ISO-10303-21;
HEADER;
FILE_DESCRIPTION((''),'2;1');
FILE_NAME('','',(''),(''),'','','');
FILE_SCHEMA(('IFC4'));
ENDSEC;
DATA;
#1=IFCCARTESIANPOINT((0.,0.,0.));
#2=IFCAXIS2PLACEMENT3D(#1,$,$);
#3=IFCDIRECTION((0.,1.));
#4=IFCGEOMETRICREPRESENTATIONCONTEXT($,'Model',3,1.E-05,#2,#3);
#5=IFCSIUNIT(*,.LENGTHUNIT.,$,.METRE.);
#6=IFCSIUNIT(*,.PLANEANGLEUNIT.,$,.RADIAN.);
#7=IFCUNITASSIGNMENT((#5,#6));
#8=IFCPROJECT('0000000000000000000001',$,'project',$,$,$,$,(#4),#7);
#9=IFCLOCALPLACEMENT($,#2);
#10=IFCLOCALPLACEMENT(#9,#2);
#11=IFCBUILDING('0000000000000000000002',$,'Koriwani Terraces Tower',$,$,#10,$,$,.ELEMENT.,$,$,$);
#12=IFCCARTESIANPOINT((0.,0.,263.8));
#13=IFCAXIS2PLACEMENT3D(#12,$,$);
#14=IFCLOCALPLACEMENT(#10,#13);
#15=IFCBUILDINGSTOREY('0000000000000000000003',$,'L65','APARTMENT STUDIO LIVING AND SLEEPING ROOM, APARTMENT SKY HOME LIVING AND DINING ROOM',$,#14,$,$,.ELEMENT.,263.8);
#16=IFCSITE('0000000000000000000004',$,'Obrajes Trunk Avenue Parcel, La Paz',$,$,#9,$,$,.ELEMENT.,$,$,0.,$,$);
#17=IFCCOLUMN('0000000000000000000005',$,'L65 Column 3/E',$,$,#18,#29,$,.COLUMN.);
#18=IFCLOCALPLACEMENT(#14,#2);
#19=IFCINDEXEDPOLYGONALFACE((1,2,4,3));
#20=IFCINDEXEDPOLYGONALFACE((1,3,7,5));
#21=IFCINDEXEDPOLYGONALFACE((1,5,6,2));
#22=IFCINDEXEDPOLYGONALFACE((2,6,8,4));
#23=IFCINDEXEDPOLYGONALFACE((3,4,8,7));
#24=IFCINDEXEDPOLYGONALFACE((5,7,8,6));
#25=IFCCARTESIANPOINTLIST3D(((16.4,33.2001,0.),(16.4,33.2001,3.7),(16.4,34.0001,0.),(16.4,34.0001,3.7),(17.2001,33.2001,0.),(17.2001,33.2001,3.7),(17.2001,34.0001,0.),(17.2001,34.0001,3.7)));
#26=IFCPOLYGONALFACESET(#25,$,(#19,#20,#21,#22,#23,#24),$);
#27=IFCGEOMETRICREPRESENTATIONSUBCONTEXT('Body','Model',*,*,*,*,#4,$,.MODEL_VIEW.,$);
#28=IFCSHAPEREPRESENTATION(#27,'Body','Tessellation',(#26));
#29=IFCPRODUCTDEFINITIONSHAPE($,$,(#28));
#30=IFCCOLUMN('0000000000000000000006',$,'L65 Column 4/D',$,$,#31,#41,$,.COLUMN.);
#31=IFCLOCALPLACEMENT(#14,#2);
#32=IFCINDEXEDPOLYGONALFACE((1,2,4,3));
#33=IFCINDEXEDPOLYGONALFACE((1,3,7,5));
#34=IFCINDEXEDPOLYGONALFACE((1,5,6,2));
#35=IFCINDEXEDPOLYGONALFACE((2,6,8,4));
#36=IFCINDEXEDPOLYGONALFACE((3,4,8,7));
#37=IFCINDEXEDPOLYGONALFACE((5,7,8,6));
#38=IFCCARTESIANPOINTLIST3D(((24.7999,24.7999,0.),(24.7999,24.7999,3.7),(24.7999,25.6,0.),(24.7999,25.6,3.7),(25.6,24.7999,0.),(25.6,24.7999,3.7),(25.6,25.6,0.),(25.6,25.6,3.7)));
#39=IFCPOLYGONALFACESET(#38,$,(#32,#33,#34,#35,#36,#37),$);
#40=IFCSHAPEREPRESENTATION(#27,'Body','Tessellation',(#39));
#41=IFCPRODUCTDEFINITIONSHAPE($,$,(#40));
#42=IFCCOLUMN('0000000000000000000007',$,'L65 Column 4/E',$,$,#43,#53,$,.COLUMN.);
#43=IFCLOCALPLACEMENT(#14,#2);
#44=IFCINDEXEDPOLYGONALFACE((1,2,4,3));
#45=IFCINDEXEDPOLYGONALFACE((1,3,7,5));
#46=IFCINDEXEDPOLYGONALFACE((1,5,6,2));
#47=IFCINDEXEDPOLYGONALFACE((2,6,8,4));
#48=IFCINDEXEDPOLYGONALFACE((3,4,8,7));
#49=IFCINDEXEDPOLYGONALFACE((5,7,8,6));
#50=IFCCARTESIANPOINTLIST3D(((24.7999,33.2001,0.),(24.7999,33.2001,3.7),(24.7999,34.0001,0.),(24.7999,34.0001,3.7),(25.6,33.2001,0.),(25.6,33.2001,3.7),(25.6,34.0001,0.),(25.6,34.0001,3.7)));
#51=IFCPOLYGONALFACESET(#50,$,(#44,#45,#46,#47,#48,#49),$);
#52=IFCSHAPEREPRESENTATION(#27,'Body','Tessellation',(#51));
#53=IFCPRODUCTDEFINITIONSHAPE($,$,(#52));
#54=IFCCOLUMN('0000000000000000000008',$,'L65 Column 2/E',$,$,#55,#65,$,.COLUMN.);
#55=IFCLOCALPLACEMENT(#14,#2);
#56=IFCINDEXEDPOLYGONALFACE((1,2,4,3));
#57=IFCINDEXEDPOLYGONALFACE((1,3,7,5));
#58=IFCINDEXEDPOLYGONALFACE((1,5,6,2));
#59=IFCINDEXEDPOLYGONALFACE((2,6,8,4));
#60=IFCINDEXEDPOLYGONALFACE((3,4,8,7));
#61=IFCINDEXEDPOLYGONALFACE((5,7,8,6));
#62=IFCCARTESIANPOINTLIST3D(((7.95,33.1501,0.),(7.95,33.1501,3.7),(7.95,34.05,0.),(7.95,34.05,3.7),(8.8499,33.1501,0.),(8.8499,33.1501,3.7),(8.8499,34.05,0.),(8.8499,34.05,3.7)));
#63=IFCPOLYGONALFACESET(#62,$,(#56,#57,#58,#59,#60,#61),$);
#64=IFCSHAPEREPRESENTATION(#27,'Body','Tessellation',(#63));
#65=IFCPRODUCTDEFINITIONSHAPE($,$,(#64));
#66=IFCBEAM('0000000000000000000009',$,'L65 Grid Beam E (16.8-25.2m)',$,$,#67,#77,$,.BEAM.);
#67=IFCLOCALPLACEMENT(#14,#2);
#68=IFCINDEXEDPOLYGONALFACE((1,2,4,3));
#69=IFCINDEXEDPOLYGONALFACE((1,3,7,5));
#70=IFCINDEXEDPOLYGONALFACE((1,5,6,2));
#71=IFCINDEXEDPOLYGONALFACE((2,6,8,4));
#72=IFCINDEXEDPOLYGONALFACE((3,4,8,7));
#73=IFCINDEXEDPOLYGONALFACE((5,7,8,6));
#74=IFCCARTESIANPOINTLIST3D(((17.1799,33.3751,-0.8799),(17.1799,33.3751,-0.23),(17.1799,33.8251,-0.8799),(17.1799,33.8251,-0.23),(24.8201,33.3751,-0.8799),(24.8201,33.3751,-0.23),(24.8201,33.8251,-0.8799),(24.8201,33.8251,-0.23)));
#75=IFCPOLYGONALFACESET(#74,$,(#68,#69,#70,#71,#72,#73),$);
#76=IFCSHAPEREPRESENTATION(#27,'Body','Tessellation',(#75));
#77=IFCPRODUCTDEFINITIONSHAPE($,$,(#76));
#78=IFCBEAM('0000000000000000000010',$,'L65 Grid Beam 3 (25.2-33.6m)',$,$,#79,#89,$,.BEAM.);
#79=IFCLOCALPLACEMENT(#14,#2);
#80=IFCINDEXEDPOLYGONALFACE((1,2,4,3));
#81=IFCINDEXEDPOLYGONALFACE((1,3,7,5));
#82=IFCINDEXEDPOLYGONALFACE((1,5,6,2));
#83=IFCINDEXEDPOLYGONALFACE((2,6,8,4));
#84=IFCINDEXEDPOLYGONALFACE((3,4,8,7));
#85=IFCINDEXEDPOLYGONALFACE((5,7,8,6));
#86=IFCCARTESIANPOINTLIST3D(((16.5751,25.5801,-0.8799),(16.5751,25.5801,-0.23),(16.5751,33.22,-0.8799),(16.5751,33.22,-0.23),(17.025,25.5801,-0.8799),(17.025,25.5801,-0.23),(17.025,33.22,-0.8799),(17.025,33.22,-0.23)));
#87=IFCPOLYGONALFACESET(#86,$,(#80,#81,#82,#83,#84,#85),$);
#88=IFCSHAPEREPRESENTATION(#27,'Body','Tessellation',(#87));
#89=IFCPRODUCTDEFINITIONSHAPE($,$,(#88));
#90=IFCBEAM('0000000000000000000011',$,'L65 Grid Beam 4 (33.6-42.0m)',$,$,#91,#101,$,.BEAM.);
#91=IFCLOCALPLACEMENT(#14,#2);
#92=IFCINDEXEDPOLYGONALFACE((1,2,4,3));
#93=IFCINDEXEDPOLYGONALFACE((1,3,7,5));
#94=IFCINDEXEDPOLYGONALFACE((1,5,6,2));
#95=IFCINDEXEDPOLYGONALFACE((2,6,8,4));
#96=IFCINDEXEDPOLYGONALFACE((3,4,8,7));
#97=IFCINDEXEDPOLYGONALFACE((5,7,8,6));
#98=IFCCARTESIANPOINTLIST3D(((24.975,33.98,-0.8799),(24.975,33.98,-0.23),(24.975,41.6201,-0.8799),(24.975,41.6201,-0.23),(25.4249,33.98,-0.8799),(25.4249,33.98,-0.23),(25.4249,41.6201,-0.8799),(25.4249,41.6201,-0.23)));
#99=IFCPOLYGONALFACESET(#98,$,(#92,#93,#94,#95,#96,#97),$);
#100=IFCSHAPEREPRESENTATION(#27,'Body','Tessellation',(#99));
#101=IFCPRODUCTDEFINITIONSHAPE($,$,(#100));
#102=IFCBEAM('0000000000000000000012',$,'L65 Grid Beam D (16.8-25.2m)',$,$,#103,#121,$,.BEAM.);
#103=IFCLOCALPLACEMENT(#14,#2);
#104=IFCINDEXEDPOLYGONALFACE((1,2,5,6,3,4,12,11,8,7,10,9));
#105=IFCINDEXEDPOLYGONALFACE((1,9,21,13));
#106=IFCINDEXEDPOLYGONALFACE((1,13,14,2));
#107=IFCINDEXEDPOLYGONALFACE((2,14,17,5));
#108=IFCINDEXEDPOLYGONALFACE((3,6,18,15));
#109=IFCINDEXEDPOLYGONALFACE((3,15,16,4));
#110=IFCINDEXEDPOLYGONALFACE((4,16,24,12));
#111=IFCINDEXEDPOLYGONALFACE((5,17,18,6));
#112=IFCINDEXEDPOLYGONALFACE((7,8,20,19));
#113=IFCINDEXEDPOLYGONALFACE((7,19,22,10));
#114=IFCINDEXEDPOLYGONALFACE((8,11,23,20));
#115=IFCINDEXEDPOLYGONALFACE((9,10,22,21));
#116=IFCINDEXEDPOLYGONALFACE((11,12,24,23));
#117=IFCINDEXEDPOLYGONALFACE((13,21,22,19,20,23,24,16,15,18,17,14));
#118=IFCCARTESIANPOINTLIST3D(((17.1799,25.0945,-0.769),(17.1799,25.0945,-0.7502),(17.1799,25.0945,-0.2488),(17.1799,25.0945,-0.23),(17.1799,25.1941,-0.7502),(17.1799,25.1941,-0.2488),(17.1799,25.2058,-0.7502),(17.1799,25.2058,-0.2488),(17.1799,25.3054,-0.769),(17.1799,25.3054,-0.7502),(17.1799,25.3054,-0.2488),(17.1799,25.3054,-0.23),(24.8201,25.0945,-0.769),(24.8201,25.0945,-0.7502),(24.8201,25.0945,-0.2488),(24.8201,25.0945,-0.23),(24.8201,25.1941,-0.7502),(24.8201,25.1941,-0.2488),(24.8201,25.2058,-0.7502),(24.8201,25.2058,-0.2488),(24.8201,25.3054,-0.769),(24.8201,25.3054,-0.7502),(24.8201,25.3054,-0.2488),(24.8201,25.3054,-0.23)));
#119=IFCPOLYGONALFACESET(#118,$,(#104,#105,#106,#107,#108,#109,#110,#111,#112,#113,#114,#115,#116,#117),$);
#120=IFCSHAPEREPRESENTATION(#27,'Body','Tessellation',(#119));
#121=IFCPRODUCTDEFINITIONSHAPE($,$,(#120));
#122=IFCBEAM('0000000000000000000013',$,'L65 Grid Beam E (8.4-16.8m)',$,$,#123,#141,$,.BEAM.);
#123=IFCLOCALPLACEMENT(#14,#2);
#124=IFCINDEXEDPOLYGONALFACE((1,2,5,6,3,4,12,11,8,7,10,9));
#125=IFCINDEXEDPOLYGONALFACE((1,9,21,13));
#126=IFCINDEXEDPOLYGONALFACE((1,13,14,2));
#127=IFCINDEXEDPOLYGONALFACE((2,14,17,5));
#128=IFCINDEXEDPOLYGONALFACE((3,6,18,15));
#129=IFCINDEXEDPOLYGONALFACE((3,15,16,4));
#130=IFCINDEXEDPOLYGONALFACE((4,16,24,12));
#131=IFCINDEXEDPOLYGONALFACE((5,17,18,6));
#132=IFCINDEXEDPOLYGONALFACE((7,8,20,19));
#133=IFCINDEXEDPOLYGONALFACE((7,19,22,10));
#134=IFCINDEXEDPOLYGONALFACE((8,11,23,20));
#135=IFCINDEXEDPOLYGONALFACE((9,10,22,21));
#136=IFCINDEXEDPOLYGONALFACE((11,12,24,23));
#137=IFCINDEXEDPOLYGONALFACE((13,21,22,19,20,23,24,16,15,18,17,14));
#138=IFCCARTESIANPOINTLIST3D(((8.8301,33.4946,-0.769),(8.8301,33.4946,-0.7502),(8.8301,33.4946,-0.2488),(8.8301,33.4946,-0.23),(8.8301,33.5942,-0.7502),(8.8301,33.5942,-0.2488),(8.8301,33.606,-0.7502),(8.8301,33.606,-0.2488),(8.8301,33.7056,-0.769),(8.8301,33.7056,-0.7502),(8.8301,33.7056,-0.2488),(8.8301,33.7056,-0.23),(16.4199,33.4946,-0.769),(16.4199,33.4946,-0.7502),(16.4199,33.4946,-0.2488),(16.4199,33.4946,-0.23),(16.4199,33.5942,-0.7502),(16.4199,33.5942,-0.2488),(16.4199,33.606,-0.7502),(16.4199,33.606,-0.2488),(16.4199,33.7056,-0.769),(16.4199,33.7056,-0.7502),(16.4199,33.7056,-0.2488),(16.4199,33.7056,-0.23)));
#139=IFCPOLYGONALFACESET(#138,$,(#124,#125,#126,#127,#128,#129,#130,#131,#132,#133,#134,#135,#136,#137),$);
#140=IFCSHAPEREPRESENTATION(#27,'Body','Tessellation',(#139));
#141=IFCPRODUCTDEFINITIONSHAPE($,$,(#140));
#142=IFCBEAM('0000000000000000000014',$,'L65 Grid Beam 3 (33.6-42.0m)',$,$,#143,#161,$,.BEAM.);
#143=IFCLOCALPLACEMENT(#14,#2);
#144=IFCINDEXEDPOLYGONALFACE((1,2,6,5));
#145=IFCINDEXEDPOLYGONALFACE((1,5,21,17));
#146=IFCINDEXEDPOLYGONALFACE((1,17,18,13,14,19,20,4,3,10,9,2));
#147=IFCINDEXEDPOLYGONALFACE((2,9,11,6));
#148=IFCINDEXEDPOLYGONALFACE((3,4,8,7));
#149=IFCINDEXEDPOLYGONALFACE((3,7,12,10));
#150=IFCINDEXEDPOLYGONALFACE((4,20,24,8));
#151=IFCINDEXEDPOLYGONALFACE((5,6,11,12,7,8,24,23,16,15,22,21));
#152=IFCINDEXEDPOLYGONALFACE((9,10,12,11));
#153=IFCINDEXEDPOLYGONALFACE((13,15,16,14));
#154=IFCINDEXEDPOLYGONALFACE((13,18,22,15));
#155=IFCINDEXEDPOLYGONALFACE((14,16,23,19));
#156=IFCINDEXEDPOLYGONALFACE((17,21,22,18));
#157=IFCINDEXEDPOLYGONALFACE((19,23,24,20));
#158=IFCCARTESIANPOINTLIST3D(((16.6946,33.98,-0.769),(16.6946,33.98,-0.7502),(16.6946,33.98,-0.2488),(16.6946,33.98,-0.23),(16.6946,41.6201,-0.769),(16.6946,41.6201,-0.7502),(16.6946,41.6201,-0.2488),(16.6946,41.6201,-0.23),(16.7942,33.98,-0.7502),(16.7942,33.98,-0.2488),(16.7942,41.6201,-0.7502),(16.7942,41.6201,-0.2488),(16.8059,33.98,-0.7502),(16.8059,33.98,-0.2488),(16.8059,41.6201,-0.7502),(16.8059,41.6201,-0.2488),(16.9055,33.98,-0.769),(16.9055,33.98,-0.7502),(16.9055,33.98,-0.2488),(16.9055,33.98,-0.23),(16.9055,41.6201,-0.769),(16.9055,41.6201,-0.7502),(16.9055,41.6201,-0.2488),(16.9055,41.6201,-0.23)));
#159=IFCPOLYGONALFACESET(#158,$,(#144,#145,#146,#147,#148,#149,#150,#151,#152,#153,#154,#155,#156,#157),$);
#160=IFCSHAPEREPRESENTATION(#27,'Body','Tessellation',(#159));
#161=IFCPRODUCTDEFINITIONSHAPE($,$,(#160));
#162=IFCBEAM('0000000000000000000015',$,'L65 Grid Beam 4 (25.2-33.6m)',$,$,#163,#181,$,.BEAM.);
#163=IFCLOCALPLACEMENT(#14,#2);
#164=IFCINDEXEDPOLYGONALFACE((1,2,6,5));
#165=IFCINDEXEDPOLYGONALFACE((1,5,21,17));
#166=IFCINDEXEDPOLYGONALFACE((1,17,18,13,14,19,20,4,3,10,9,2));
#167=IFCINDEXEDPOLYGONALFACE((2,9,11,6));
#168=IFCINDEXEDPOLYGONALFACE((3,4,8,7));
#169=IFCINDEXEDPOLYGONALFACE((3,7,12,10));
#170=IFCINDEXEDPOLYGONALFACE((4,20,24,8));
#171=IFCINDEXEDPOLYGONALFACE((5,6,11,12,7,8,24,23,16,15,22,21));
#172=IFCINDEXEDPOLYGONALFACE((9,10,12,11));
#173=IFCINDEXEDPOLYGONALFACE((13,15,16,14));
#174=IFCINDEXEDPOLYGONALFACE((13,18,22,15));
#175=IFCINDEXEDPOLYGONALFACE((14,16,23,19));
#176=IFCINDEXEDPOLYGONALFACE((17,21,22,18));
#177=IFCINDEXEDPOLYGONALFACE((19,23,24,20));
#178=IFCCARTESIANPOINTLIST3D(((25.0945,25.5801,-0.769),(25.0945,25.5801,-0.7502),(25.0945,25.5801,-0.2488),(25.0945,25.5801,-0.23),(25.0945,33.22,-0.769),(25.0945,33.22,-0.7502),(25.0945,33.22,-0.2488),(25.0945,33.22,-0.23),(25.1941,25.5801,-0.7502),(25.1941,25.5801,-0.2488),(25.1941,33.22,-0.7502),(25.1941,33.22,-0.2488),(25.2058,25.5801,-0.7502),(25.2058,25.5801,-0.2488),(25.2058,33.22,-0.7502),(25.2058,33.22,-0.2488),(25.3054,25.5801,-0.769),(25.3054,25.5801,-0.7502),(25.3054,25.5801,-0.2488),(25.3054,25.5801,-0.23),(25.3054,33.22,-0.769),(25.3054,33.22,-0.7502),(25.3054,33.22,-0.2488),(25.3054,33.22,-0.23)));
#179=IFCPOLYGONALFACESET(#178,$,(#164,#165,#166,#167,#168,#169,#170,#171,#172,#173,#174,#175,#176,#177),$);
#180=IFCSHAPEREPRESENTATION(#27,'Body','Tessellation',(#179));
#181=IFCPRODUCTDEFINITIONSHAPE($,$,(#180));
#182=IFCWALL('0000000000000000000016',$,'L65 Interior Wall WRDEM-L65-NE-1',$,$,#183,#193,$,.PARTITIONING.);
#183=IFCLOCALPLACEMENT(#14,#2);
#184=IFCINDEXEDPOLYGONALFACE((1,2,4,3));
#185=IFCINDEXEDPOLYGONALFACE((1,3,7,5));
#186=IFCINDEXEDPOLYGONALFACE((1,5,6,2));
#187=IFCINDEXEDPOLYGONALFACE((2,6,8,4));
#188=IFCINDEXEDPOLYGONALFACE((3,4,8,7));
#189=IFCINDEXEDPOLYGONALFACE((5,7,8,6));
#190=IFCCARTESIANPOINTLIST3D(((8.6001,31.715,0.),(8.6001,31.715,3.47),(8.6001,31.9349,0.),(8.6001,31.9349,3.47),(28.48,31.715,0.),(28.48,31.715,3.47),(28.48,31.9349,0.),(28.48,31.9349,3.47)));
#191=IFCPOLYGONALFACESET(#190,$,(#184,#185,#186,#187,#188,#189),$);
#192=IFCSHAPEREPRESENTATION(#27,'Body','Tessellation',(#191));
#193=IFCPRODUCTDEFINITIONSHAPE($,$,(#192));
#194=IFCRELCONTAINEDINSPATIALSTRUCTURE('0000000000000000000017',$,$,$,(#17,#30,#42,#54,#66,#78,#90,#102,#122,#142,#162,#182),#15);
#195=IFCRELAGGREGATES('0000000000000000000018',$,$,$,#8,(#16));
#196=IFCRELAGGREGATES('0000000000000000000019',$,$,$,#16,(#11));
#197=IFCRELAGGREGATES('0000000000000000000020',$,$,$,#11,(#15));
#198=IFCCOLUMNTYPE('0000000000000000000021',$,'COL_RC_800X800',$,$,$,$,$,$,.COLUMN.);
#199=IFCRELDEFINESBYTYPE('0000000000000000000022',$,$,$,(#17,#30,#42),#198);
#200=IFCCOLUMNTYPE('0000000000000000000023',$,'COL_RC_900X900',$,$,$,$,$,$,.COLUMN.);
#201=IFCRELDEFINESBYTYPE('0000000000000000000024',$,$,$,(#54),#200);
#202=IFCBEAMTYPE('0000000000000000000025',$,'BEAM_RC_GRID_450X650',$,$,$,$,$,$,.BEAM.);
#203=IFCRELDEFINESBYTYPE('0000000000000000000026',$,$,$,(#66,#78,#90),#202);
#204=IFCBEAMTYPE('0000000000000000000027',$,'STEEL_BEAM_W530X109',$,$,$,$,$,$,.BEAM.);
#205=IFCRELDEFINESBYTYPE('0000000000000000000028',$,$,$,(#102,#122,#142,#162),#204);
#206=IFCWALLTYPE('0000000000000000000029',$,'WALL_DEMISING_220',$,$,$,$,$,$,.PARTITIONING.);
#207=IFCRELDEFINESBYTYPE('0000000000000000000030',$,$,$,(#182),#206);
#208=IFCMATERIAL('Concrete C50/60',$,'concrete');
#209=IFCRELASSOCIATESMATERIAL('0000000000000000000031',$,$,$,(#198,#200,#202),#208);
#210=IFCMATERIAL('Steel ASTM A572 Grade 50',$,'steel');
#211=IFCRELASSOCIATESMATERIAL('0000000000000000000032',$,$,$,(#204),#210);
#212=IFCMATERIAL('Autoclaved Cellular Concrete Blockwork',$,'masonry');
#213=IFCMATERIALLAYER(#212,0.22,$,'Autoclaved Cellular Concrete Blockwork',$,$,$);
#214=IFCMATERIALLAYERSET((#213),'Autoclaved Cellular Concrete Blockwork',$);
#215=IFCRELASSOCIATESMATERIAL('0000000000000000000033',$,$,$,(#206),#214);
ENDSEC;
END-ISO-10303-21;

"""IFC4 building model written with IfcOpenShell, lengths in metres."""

from ifc_helpers import new_model, si_unit, direction, frame, frame_2d, origin, origin_2d, place, context, subcontext, project, spatial, rectangle, i_section, extrude, material, layer, layer_set, material_profile, profile_set, type_object, element, save


model = new_model("IFC4")

# Units and contexts
model_context = context("Model", 3, precision=1e-05, world=origin(), true_north=direction((0.0, 1.0)))
body_context = subcontext(model_context, "Body", "Model", "MODEL_VIEW")
ifc_project = project(units=[si_unit("LENGTHUNIT", "METRE"), si_unit("PLANEANGLEUNIT", "RADIAN")], contexts=[model_context])

# Site, building, storey
site_placement = place(None, origin())
site = spatial("IfcSite", under=ifc_project, at=site_placement, Name="Obrajes Trunk Avenue Parcel, La Paz", CompositionType="ELEMENT", RefElevation=0.0)
building_placement = place(site_placement, origin())
building = spatial("IfcBuilding", under=site, at=building_placement, Name="Koriwani Terraces Tower", CompositionType="ELEMENT")
storey_placement = place(building_placement, frame((0.0, 0.0, 263.8)))
storey = spatial("IfcBuildingStorey", under=building, at=storey_placement, Name="L65", Description="APARTMENT STUDIO LIVING AND SLEEPING ROOM, APARTMENT SKY HOME LIVING AND DINING ROOM", CompositionType="ELEMENT", Elevation=263.8)

# Columns
ifc_material_1 = material(Name="Concrete C50/60", Category="concrete")
ifc_material_profile_1 = material_profile(ifc_material_1, rectangle(XDim=0.8, YDim=0.8, at=origin_2d()), Name="Concrete C50/60", Category="LoadBearing")
ifc_profile_set_1 = profile_set([ifc_material_profile_1], Name="Concrete C50/60")
column_type_1 = type_object("IfcColumnType", Name="COL_RC_800X800", PredefinedType="COLUMN", material=ifc_profile_set_1)
for number, where, z_axis, x_axis, name in (
    (1, (16.8, 33.6001, 0.0), (0.0, 0.0, 1.0), (1.0, 0.0, 0.0), "L65 Column 3/E"),
    (2, (25.2, 25.2, 0.0), (0.0, 0.0, 1.0), (1.0, 0.0, 0.0), "L65 Column 4/D"),
    (3, (25.2, 33.6001, 0.0), (0.0, 0.0, 1.0), (1.0, 0.0, 0.0), "L65 Column 4/E"),
):
    element("IfcColumn", number, at=place(storey_placement, frame(where, z_axis=z_axis, x_axis=x_axis)), inside=storey, type_object=column_type_1, Name=name, PredefinedType="COLUMN", context=body_context, shape_type="SweptSolid", body=[
        extrude(rectangle(XDim=0.8, YDim=0.8, at=origin_2d()), origin(), (0.0, 0.0, 1.0), 3.7),
    ])
ifc_material_profile_2 = material_profile(ifc_material_1, rectangle(XDim=0.8999, YDim=0.8999, at=origin_2d()), Name="Concrete C50/60", Category="LoadBearing")
ifc_profile_set_2 = profile_set([ifc_material_profile_2], Name="Concrete C50/60")
column_type_2 = type_object("IfcColumnType", Name="COL_RC_900X900", PredefinedType="COLUMN", material=ifc_profile_set_2)
column_placement = place(storey_placement, frame((8.3999, 33.6001, 0.0), z_axis=(0.0, 0.0, 1.0), x_axis=(1.0, 0.0, 0.0)))
element("IfcColumn", 4, at=column_placement, inside=storey, type_object=column_type_2, Name="L65 Column 2/E", PredefinedType="COLUMN", context=body_context, shape_type="SweptSolid", body=[
    extrude(rectangle(XDim=0.8999, YDim=0.8999, at=origin_2d()), origin(), (0.0, 0.0, 1.0), 3.7),
])

# Beams
ifc_material_profile_3 = material_profile(ifc_material_1, rectangle(XDim=0.45, YDim=0.6499, at=origin_2d()), Name="Concrete C50/60", Category="LoadBearing")
ifc_profile_set_3 = profile_set([ifc_material_profile_3], Name="Concrete C50/60")
beam_type_1 = type_object("IfcBeamType", Name="BEAM_RC_GRID_450X650", PredefinedType="BEAM", material=ifc_profile_set_3)
beam_1_placement = place(storey_placement, frame((17.1799, 33.6001, -0.5549), z_axis=(1.0, 0.0, 0.0), x_axis=(0.0, 1.0, 0.0)))
element("IfcBeam", 5, at=beam_1_placement, inside=storey, type_object=beam_type_1, Name="L65 Grid Beam E (16.8-25.2m)", PredefinedType="BEAM", context=body_context, shape_type="SweptSolid", body=[
    extrude(rectangle(XDim=0.45, YDim=0.6499, at=origin_2d()), origin(), (0.0, 0.0, 1.0), 7.6401),
])
beam_2_placement = place(storey_placement, frame((16.8, 25.5801, -0.5549), z_axis=(0.0, 1.0, 0.0), x_axis=(-1.0, 0.0, 0.0)))
element("IfcBeam", 6, at=beam_2_placement, inside=storey, type_object=beam_type_1, Name="L65 Grid Beam 3 (25.2-33.6m)", PredefinedType="BEAM", context=body_context, shape_type="SweptSolid", body=[
    extrude(rectangle(XDim=0.45, YDim=0.6499, at=origin_2d()), origin(), (0.0, 0.0, 1.0), 7.6399),
])
beam_3_placement = place(storey_placement, frame((25.2, 33.98, -0.5549), z_axis=(0.0, 1.0, 0.0), x_axis=(-1.0, 0.0, 0.0)))
element("IfcBeam", 7, at=beam_3_placement, inside=storey, type_object=beam_type_1, Name="L65 Grid Beam 4 (33.6-42.0m)", PredefinedType="BEAM", context=body_context, shape_type="SweptSolid", body=[
    extrude(rectangle(XDim=0.45, YDim=0.6499, at=origin_2d()), origin(), (0.0, 0.0, 1.0), 7.6401),
])
ifc_material_2 = material(Name="Steel ASTM A572 Grade 50", Category="steel")
ifc_material_profile_4 = material_profile(ifc_material_2, i_section(OverallWidth=0.2109, OverallDepth=0.5391, WebThickness=0.0117, FlangeThickness=0.0188, at=origin_2d()), Name="Steel ASTM A572 Grade 50", Category="LoadBearing")
ifc_profile_set_4 = profile_set([ifc_material_profile_4], Name="Steel ASTM A572 Grade 50")
beam_type_2 = type_object("IfcBeamType", Name="STEEL_BEAM_W530X109", PredefinedType="BEAM", material=ifc_profile_set_4)
beam_4_placement = place(storey_placement, frame((17.1799, 25.2, -0.4995), z_axis=(1.0, 0.0, 0.0), x_axis=(0.0, 1.0, 0.0)))
element("IfcBeam", 8, at=beam_4_placement, inside=storey, type_object=beam_type_2, Name="L65 Grid Beam D (16.8-25.2m)", PredefinedType="BEAM", context=body_context, shape_type="SweptSolid", body=[
    extrude(i_section(OverallWidth=0.2109, OverallDepth=0.5391, WebThickness=0.0117, FlangeThickness=0.0188, at=origin_2d()), origin(), (0.0, 0.0, 1.0), 7.6401),
])
beam_5_placement = place(storey_placement, frame((8.8301, 33.6001, -0.4995), z_axis=(1.0, 0.0, 0.0), x_axis=(0.0, 1.0, 0.0)))
element("IfcBeam", 9, at=beam_5_placement, inside=storey, type_object=beam_type_2, Name="L65 Grid Beam E (8.4-16.8m)", PredefinedType="BEAM", context=body_context, shape_type="SweptSolid", body=[
    extrude(i_section(OverallWidth=0.2109, OverallDepth=0.5391, WebThickness=0.0117, FlangeThickness=0.0188, at=origin_2d()), origin(), (0.0, 0.0, 1.0), 7.5898),
])
beam_6_placement = place(storey_placement, frame((16.8, 33.98, -0.4995), z_axis=(0.0, 1.0, 0.0), x_axis=(-1.0, 0.0, 0.0)))
element("IfcBeam", 10, at=beam_6_placement, inside=storey, type_object=beam_type_2, Name="L65 Grid Beam 3 (33.6-42.0m)", PredefinedType="BEAM", context=body_context, shape_type="SweptSolid", body=[
    extrude(i_section(OverallWidth=0.2109, OverallDepth=0.5391, WebThickness=0.0117, FlangeThickness=0.0188, at=origin_2d()), origin(), (0.0, 0.0, 1.0), 7.6401),
])
beam_7_placement = place(storey_placement, frame((25.2, 25.5801, -0.4995), z_axis=(0.0, 1.0, 0.0), x_axis=(-1.0, 0.0, 0.0)))
element("IfcBeam", 11, at=beam_7_placement, inside=storey, type_object=beam_type_2, Name="L65 Grid Beam 4 (25.2-33.6m)", PredefinedType="BEAM", context=body_context, shape_type="SweptSolid", body=[
    extrude(i_section(OverallWidth=0.2109, OverallDepth=0.5391, WebThickness=0.0117, FlangeThickness=0.0188, at=origin_2d()), origin(), (0.0, 0.0, 1.0), 7.6399),
])

# Wall
ifc_material_3 = material(Name="Autoclaved Cellular Concrete Blockwork", Category="masonry")
ifc_layer_1 = layer(ifc_material_3, 0.22, Name="Autoclaved Cellular Concrete Blockwork")
ifc_layer_set_1 = layer_set([ifc_layer_1], Name="Autoclaved Cellular Concrete Blockwork")
wall_type_1 = type_object("IfcWallType", Name="WALL_DEMISING_220", PredefinedType="PARTITIONING", material=ifc_layer_set_1)
wall_1_placement = place(storey_placement, frame((8.6001, 31.825, 0.0), z_axis=(0.0, 0.0, 1.0), x_axis=(1.0, 0.0, 0.0)))
element("IfcWall", 12, at=wall_1_placement, inside=storey, type_object=wall_type_1, Name="L65 Interior Wall WRDEM-L65-NE-1", PredefinedType="PARTITIONING", context=body_context, shape_type="SweptSolid", body=[
    extrude(rectangle(XDim=19.8799, YDim=0.22, at=frame_2d((9.9399, 0.0))), origin(), (0.0, 0.0, 1.0), 3.47),
])

save(model, "model.ifc")
